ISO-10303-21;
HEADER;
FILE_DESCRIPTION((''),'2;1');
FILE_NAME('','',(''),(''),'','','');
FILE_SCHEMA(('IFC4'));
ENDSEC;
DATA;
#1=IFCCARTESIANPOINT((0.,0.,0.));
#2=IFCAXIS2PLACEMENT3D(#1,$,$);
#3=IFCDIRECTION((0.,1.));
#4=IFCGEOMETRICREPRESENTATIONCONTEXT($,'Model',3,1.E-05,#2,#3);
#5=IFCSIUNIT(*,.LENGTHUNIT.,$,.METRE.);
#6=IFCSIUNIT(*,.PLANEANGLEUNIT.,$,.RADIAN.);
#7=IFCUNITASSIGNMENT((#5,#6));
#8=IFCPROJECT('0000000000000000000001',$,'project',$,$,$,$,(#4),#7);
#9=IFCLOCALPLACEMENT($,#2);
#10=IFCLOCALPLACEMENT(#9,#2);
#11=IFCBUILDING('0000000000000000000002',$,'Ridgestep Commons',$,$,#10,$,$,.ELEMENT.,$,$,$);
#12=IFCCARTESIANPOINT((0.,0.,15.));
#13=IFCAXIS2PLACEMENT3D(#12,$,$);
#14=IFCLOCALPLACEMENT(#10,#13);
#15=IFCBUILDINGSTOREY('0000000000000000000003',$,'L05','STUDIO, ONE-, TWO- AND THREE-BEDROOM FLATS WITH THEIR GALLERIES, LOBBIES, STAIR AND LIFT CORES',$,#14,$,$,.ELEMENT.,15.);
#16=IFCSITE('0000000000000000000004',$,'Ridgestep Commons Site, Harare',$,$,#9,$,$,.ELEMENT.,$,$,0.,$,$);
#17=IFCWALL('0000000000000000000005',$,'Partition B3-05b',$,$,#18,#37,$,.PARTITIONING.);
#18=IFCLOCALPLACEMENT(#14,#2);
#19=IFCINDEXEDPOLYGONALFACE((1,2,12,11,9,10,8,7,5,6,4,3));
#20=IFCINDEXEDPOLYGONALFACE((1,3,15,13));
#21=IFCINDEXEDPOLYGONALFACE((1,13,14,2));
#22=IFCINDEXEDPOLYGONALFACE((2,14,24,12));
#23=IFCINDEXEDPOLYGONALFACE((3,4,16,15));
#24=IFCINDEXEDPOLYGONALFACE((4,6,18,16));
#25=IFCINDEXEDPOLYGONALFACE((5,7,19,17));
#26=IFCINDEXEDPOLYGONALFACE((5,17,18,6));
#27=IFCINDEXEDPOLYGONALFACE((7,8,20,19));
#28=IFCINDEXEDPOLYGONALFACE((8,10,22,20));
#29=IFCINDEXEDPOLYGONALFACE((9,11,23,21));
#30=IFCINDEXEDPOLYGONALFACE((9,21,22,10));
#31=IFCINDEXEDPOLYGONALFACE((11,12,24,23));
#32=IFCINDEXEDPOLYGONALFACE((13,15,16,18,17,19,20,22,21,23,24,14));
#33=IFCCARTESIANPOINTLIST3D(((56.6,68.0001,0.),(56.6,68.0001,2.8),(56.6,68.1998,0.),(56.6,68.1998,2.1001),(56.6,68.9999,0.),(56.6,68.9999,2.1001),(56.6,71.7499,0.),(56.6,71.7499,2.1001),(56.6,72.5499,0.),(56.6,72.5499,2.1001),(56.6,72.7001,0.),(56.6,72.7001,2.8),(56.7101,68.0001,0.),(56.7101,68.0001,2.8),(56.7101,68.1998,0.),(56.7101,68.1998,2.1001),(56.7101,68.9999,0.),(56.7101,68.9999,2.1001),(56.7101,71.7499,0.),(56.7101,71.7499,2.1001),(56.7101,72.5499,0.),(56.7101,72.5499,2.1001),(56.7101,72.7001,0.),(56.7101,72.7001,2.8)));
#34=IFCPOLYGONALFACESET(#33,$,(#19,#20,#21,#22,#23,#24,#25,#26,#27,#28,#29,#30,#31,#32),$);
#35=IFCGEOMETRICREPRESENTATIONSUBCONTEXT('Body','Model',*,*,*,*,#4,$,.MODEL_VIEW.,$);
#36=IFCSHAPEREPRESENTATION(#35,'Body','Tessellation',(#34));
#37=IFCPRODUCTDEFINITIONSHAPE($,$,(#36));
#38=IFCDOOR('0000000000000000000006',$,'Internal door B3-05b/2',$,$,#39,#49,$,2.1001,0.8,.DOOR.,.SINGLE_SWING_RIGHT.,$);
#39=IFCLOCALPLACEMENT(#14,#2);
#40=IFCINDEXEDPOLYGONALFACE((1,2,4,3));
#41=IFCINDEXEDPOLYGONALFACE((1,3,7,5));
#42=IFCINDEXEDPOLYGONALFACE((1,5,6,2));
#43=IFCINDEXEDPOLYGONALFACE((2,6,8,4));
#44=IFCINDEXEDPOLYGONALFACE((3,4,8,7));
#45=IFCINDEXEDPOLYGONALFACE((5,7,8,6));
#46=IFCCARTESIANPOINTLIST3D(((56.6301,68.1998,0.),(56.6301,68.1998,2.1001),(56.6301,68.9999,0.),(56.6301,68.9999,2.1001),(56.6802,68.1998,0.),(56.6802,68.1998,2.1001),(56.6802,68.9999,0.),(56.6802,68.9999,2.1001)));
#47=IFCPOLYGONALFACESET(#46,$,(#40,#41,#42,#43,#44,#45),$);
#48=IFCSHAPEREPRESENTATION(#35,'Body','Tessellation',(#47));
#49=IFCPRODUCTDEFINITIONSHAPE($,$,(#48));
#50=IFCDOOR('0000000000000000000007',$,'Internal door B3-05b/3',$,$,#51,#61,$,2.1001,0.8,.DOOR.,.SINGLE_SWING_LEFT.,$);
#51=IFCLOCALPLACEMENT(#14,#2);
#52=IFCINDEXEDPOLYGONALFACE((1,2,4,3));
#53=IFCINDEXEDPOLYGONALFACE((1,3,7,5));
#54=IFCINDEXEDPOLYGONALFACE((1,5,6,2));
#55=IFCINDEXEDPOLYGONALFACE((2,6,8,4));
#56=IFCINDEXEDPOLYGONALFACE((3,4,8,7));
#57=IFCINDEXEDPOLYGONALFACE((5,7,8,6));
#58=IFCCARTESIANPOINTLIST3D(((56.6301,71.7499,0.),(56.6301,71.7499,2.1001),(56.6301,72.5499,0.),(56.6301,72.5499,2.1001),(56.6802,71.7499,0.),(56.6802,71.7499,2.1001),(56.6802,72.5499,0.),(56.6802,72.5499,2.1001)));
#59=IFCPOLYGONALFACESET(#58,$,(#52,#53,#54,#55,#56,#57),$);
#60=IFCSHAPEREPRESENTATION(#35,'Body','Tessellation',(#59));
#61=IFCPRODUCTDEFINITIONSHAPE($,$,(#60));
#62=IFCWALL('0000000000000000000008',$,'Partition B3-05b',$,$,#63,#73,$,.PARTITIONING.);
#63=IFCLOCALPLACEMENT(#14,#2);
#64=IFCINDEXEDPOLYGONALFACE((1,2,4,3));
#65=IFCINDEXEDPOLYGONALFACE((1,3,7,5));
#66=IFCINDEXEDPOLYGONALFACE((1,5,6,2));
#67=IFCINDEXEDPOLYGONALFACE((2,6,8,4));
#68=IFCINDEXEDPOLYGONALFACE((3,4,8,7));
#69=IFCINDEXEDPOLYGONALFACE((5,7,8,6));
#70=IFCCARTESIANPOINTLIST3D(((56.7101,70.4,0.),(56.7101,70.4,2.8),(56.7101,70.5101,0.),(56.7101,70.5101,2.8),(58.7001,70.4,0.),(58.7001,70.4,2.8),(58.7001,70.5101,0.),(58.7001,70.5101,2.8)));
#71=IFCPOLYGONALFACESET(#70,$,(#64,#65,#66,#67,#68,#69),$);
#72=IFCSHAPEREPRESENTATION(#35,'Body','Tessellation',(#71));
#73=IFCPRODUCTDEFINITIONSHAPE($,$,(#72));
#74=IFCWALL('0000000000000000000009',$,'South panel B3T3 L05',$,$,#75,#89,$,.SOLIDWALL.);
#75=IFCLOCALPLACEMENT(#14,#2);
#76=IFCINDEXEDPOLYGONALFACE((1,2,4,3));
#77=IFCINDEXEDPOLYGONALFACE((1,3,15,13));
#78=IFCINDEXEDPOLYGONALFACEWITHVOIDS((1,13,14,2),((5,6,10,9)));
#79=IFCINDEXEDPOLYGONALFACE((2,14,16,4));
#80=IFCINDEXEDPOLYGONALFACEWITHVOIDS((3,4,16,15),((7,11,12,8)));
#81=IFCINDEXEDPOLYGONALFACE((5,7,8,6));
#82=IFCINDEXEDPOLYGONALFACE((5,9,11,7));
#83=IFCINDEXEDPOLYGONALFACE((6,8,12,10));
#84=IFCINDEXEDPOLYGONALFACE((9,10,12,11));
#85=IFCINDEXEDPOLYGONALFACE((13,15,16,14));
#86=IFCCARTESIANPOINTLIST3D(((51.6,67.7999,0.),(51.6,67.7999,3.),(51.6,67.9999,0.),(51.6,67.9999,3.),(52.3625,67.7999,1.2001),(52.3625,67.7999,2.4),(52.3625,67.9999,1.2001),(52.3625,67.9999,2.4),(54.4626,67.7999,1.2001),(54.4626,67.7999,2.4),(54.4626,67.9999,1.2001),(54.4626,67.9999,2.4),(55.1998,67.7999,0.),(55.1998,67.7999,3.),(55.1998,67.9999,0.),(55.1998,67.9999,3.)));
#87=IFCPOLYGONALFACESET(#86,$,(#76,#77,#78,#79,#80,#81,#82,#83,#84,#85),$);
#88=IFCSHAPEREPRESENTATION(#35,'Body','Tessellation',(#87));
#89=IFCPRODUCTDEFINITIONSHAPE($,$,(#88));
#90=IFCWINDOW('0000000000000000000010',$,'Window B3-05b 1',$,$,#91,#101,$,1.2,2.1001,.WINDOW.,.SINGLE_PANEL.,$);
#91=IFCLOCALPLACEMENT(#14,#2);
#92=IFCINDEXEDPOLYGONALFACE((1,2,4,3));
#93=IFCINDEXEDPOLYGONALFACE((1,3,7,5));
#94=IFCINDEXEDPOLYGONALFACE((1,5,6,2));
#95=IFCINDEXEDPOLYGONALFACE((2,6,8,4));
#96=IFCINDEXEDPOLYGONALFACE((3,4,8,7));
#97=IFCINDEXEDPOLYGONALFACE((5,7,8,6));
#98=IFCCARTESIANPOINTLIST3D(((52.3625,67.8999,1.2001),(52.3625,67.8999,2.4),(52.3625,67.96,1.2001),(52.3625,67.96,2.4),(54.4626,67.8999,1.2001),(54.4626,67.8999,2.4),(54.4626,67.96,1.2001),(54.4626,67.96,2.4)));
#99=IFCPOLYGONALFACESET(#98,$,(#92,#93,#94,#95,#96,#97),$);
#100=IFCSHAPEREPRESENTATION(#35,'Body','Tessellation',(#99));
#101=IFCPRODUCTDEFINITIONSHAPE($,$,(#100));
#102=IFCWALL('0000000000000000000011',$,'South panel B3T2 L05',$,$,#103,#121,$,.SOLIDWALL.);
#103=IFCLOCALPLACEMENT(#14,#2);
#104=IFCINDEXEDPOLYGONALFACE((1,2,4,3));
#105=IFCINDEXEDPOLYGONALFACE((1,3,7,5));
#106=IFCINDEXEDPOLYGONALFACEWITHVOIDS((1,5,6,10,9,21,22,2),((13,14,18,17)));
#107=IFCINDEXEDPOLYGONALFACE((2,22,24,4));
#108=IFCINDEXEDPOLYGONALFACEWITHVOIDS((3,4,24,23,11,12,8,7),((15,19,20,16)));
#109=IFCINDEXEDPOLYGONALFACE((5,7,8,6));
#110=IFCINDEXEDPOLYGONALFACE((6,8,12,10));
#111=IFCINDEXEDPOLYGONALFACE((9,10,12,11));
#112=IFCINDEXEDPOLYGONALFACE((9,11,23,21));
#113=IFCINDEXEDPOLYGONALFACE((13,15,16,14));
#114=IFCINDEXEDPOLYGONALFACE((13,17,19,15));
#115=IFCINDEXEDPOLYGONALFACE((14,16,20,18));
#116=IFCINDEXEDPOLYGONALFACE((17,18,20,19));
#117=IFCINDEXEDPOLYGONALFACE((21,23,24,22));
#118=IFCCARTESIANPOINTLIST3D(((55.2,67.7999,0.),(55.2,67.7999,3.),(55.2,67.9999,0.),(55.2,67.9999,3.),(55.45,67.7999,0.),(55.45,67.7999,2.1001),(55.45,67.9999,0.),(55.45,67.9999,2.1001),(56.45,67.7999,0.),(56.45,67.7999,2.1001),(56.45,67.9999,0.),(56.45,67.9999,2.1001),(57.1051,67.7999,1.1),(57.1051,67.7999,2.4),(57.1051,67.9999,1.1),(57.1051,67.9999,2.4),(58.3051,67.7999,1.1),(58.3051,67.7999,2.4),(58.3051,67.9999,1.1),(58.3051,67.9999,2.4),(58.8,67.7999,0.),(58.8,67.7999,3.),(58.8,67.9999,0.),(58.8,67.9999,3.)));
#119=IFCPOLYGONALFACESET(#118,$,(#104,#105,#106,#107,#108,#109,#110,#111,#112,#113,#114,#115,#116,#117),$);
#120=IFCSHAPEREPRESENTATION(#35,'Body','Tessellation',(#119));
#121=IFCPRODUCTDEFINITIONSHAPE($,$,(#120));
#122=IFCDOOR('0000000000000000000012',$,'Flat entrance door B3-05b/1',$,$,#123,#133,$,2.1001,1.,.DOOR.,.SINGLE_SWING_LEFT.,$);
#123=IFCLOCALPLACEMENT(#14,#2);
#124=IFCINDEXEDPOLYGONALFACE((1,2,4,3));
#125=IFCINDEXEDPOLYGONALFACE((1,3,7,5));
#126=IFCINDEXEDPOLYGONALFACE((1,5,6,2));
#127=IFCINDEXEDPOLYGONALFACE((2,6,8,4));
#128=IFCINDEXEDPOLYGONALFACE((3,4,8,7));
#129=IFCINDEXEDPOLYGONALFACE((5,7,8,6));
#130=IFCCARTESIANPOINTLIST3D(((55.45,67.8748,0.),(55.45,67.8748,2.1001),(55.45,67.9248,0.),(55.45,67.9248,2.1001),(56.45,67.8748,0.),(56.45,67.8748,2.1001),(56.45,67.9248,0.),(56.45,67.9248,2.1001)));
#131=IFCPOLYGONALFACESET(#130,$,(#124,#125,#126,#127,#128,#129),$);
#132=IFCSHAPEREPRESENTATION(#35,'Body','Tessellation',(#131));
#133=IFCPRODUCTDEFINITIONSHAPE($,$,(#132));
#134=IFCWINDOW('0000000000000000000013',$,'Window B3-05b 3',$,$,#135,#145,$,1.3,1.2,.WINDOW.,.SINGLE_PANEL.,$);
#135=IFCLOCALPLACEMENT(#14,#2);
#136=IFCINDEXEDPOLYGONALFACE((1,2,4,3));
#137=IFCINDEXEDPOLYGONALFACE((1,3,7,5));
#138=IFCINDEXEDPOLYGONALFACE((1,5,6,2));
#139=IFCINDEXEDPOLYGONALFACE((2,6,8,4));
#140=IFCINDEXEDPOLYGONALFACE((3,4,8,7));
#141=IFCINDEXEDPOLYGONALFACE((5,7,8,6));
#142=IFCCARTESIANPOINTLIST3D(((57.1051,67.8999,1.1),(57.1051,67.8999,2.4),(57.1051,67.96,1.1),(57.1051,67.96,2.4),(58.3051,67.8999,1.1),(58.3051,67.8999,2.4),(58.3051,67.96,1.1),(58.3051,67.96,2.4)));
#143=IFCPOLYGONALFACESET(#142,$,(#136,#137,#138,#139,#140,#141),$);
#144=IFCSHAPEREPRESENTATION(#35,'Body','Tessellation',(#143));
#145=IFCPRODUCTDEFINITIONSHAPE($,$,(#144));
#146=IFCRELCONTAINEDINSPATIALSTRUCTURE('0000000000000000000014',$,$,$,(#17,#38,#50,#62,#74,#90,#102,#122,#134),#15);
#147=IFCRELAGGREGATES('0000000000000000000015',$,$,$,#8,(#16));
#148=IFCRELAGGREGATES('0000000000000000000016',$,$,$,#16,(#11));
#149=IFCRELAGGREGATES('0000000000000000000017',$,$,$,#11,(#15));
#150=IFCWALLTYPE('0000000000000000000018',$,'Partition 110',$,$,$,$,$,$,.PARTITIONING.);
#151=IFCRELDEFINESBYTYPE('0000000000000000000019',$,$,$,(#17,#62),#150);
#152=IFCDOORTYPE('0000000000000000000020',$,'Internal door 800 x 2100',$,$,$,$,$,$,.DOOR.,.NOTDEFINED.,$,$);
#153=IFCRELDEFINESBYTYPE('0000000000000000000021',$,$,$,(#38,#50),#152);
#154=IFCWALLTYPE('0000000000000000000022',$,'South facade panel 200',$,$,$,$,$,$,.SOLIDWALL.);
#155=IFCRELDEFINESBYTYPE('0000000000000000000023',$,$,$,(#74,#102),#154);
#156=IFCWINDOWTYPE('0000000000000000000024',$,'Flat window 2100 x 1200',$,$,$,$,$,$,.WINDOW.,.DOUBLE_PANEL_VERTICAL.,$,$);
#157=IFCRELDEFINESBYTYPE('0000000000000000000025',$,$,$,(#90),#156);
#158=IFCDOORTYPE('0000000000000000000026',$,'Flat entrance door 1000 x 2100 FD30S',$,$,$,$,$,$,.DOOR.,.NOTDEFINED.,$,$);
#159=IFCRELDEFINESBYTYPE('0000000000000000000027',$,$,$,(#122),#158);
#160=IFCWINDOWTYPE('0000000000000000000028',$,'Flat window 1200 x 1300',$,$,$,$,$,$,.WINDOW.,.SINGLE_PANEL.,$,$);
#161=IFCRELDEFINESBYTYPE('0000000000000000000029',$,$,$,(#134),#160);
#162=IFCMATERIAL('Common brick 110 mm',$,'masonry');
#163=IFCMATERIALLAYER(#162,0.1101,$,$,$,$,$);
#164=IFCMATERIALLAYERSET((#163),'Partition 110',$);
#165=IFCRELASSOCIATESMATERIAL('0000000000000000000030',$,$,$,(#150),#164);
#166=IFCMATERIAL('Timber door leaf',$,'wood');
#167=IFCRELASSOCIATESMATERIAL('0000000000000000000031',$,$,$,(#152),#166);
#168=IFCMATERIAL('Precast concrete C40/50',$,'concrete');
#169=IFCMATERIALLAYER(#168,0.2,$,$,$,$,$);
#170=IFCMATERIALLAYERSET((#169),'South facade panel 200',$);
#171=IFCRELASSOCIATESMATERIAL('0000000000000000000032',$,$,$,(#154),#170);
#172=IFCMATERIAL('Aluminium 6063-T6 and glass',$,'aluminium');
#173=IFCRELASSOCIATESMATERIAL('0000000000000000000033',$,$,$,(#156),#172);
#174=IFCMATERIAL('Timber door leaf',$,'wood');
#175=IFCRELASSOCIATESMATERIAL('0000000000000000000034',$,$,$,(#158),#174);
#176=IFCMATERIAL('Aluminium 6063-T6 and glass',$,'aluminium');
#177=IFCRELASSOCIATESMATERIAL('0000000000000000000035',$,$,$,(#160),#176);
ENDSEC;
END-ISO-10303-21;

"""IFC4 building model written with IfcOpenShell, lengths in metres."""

from ifc_helpers import new_model, si_unit, direction, frame, frame_2d, origin, place, context, subcontext, project, spatial, rectangle, extrude, material, layer, layer_set, type_object, element, fill, save


model = new_model("IFC4")

# Units and contexts
model_context = context("Model", 3, precision=1e-05, world=origin(), true_north=direction((0.0, 1.0)))
body_context = subcontext(model_context, "Body", "Model", "MODEL_VIEW")
ifc_project = project(units=[si_unit("LENGTHUNIT", "METRE"), si_unit("PLANEANGLEUNIT", "RADIAN")], contexts=[model_context])

# Site, building, storey
site_placement = place(None, origin())
site = spatial("IfcSite", under=ifc_project, at=site_placement, Name="Ridgestep Commons Site, Harare", CompositionType="ELEMENT", RefElevation=0.0)
building_placement = place(site_placement, origin())
building = spatial("IfcBuilding", under=site, at=building_placement, Name="Ridgestep Commons", CompositionType="ELEMENT")
storey_placement = place(building_placement, frame((0.0, 0.0, 15.0)))
storey = spatial("IfcBuildingStorey", under=building, at=storey_placement, Name="L05", Description="STUDIO, ONE-, TWO- AND THREE-BEDROOM FLATS WITH THEIR GALLERIES, LOBBIES, STAIR AND LIFT CORES", CompositionType="ELEMENT", Elevation=15.0)

# Shared definitions
ifc_material_1 = material(Name="Common brick 110 mm", Category="masonry")
ifc_layer_1 = layer(ifc_material_1, 0.1101)
ifc_layer_set_1 = layer_set([ifc_layer_1], Name="Partition 110")
wall_type_1 = type_object("IfcWallType", Name="Partition 110", PredefinedType="PARTITIONING", material=ifc_layer_set_1)

# Wall, openings, doors
wall_1_placement = place(storey_placement, frame((56.655, 68.0, 0.0), z_axis=(0.0, 0.0, 1.0), x_axis=(0.0, 1.0, 0.0)))
wall_1 = element("IfcWall", 1, at=wall_1_placement, inside=storey, type_object=wall_type_1, Name="Partition B3-05b", PredefinedType="PARTITIONING", context=body_context, shape_type="SweptSolid", body=[
    extrude(rectangle(XDim=4.7, YDim=0.1101, at=frame_2d((2.3501, 0.0))), origin(), (0.0, 0.0, 1.0), 2.8),
])
opening_1_placement = place(wall_1_placement, frame((0.2, 0.0, 0.0)))
opening_1 = element("IfcOpeningElement", 2, at=opening_1_placement, cuts=wall_1, PredefinedType="OPENING", context=body_context, shape_type="SweptSolid", body=[
    extrude(rectangle(XDim=0.8, YDim=2.1001, at=frame_2d((0.3999, 1.05))), frame((0.0, 0.0649, 0.0), z_axis=(0.0, -1.0, 0.0), x_axis=(1.0, 0.0, 0.0)), (0.0, 0.0, 1.0), 0.1301),
])
opening_2_placement = place(wall_1_placement, frame((3.75, 0.0, 0.0)))
opening_2 = element("IfcOpeningElement", 3, at=opening_2_placement, cuts=wall_1, PredefinedType="OPENING", context=body_context, shape_type="SweptSolid", body=[
    extrude(rectangle(XDim=0.8, YDim=2.1001, at=frame_2d((0.3999, 1.05))), frame((0.0, 0.0649, 0.0), z_axis=(0.0, -1.0, 0.0), x_axis=(1.0, 0.0, 0.0)), (0.0, 0.0, 1.0), 0.1301),
])
ifc_material_2 = material(Name="Timber door leaf", Category="wood")
door_type_1 = type_object("IfcDoorType", Name="Internal door 800 x 2100", OperationType="NOTDEFINED", PredefinedType="DOOR", material=ifc_material_2)
door_1_placement = place(opening_1_placement, origin())
door_1 = element("IfcDoor", 4, at=door_1_placement, inside=storey, type_object=door_type_1, Name="Internal door B3-05b/2", OperationType="SINGLE_SWING_RIGHT", OverallHeight=2.1001, OverallWidth=0.8, PredefinedType="DOOR", context=body_context, shape_type="SweptSolid", body=[
    extrude(rectangle(XDim=0.8, YDim=2.1001, at=frame_2d((0.3999, 1.05))), frame((0.0, 0.0249, 0.0), z_axis=(0.0, -1.0, 0.0), x_axis=(1.0, 0.0, 0.0)), (0.0, 0.0, 1.0), 0.05),
])
fill(opening_1, door_1)
door_2_placement = place(opening_2_placement, origin())
door_2 = element("IfcDoor", 5, at=door_2_placement, inside=storey, type_object=door_type_1, Name="Internal door B3-05b/3", OperationType="SINGLE_SWING_LEFT", OverallHeight=2.1001, OverallWidth=0.8, PredefinedType="DOOR", context=body_context, shape_type="SweptSolid", body=[
    extrude(rectangle(XDim=0.8, YDim=2.1001, at=frame_2d((0.3999, 1.05))), frame((0.0, 0.0249, 0.0), z_axis=(0.0, -1.0, 0.0), x_axis=(1.0, 0.0, 0.0)), (0.0, 0.0, 1.0), 0.05),
])
fill(opening_2, door_2)

# Wall
wall_2_placement = place(storey_placement, frame((56.71, 70.4551, 0.0), z_axis=(0.0, 0.0, 1.0), x_axis=(1.0, 0.0, 0.0)))
element("IfcWall", 6, at=wall_2_placement, inside=storey, type_object=wall_type_1, Name="Partition B3-05b", PredefinedType="PARTITIONING", context=body_context, shape_type="SweptSolid", body=[
    extrude(rectangle(XDim=1.99, YDim=0.1101, at=frame_2d((0.9951, 0.0))), origin(), (0.0, 0.0, 1.0), 2.8),
])

# Wall, opening, window
ifc_material_3 = material(Name="Precast concrete C40/50", Category="concrete")
ifc_layer_2 = layer(ifc_material_3, 0.2)
ifc_layer_set_2 = layer_set([ifc_layer_2], Name="South facade panel 200")
wall_type_2 = type_object("IfcWallType", Name="South facade panel 200", PredefinedType="SOLIDWALL", material=ifc_layer_set_2)
wall_3_placement = place(storey_placement, frame((51.6001, 67.8999, 0.0), z_axis=(0.0, 0.0, 1.0), x_axis=(1.0, 0.0, 0.0)))
wall_3 = element("IfcWall", 7, at=wall_3_placement, inside=storey, type_object=wall_type_2, Name="South panel B3T3 L05", PredefinedType="SOLIDWALL", context=body_context, shape_type="SweptSolid", body=[
    extrude(rectangle(XDim=3.5999, YDim=0.2, at=frame_2d((1.7998, 0.0))), origin(), (0.0, 0.0, 1.0), 3.0),
])
opening_3_placement = place(wall_3_placement, frame((0.7625, 0.0, 1.2)))
opening_3 = element("IfcOpeningElement", 8, at=opening_3_placement, cuts=wall_3, PredefinedType="OPENING", context=body_context, shape_type="SweptSolid", body=[
    extrude(rectangle(XDim=2.1001, YDim=1.2, at=frame_2d((1.05, 0.6001))), frame((0.0, 0.1099, 0.0), z_axis=(0.0, -1.0, 0.0), x_axis=(1.0, 0.0, 0.0)), (0.0, 0.0, 1.0), 0.22),
])
ifc_material_4 = material(Name="Aluminium 6063-T6 and glass", Category="aluminium")
window_type_1 = type_object("IfcWindowType", Name="Flat window 2100 x 1200", PartitioningType="DOUBLE_PANEL_VERTICAL", PredefinedType="WINDOW", material=ifc_material_4)
window_1_placement = place(opening_3_placement, origin())
window_1 = element("IfcWindow", 9, at=window_1_placement, inside=storey, type_object=window_type_1, Name="Window B3-05b 1", OverallHeight=1.2, OverallWidth=2.1001, PartitioningType="SINGLE_PANEL", PredefinedType="WINDOW", context=body_context, shape_type="SweptSolid", body=[
    extrude(rectangle(XDim=2.1001, YDim=1.2, at=frame_2d((1.05, 0.6001))), frame((0.0, 0.0601, 0.0), z_axis=(0.0, -1.0, 0.0), x_axis=(1.0, 0.0, 0.0)), (0.0, 0.0, 1.0), 0.0601),
])
fill(opening_3, window_1)

# Wall, openings, door, window
wall_4_placement = place(storey_placement, frame((55.2, 67.8999, 0.0), z_axis=(0.0, 0.0, 1.0), x_axis=(1.0, 0.0, 0.0)))
wall_4 = element("IfcWall", 10, at=wall_4_placement, inside=storey, type_object=wall_type_2, Name="South panel B3T2 L05", PredefinedType="SOLIDWALL", context=body_context, shape_type="SweptSolid", body=[
    extrude(rectangle(XDim=3.6001, YDim=0.2, at=frame_2d((1.8, 0.0))), origin(), (0.0, 0.0, 1.0), 3.0),
])
opening_4_placement = place(wall_4_placement, frame((1.905, 0.0, 1.1001)))
opening_4 = element("IfcOpeningElement", 11, at=opening_4_placement, cuts=wall_4, PredefinedType="OPENING", context=body_context, shape_type="SweptSolid", body=[
    extrude(rectangle(XDim=1.2, YDim=1.3, at=frame_2d((0.6001, 0.6499))), frame((0.0, 0.1099, 0.0), z_axis=(0.0, -1.0, 0.0), x_axis=(1.0, 0.0, 0.0)), (0.0, 0.0, 1.0), 0.22),
])
opening_5_placement = place(wall_4_placement, frame((0.25, 0.0, 0.0)))
opening_5 = element("IfcOpeningElement", 12, at=opening_5_placement, cuts=wall_4, PredefinedType="OPENING", context=body_context, shape_type="SweptSolid", body=[
    extrude(rectangle(XDim=1.0, YDim=2.1001, at=frame_2d((0.5, 1.05))), frame((0.0, 0.1099, 0.0), z_axis=(0.0, -1.0, 0.0), x_axis=(1.0, 0.0, 0.0)), (0.0, 0.0, 1.0), 0.22),
])
ifc_material_5 = material(Name="Timber door leaf", Category="wood")
door_type_2 = type_object("IfcDoorType", Name="Flat entrance door 1000 x 2100 FD30S", OperationType="NOTDEFINED", PredefinedType="DOOR", material=ifc_material_5)
door_3_placement = place(opening_5_placement, origin())
door_3 = element("IfcDoor", 13, at=door_3_placement, inside=storey, type_object=door_type_2, Name="Flat entrance door B3-05b/1", OperationType="SINGLE_SWING_LEFT", OverallHeight=2.1001, OverallWidth=1.0, PredefinedType="DOOR", context=body_context, shape_type="SweptSolid", body=[
    extrude(rectangle(XDim=1.0, YDim=2.1001, at=frame_2d((0.5, 1.05))), frame((0.0, 0.0249, 0.0), z_axis=(0.0, -1.0, 0.0), x_axis=(1.0, 0.0, 0.0)), (0.0, 0.0, 1.0), 0.05),
])
fill(opening_5, door_3)
ifc_material_6 = material(Name="Aluminium 6063-T6 and glass", Category="aluminium")
window_type_2 = type_object("IfcWindowType", Name="Flat window 1200 x 1300", PartitioningType="SINGLE_PANEL", PredefinedType="WINDOW", material=ifc_material_6)
window_2_placement = place(opening_4_placement, origin())
window_2 = element("IfcWindow", 14, at=window_2_placement, inside=storey, type_object=window_type_2, Name="Window B3-05b 3", OverallHeight=1.3, OverallWidth=1.2, PartitioningType="SINGLE_PANEL", PredefinedType="WINDOW", context=body_context, shape_type="SweptSolid", body=[
    extrude(rectangle(XDim=1.2, YDim=1.3, at=frame_2d((0.6001, 0.6499))), frame((0.0, 0.0601, 0.0), z_axis=(0.0, -1.0, 0.0), x_axis=(1.0, 0.0, 0.0)), (0.0, 0.0, 1.0), 0.0601),
])
fill(opening_4, window_2)

save(model, "model.ifc")
